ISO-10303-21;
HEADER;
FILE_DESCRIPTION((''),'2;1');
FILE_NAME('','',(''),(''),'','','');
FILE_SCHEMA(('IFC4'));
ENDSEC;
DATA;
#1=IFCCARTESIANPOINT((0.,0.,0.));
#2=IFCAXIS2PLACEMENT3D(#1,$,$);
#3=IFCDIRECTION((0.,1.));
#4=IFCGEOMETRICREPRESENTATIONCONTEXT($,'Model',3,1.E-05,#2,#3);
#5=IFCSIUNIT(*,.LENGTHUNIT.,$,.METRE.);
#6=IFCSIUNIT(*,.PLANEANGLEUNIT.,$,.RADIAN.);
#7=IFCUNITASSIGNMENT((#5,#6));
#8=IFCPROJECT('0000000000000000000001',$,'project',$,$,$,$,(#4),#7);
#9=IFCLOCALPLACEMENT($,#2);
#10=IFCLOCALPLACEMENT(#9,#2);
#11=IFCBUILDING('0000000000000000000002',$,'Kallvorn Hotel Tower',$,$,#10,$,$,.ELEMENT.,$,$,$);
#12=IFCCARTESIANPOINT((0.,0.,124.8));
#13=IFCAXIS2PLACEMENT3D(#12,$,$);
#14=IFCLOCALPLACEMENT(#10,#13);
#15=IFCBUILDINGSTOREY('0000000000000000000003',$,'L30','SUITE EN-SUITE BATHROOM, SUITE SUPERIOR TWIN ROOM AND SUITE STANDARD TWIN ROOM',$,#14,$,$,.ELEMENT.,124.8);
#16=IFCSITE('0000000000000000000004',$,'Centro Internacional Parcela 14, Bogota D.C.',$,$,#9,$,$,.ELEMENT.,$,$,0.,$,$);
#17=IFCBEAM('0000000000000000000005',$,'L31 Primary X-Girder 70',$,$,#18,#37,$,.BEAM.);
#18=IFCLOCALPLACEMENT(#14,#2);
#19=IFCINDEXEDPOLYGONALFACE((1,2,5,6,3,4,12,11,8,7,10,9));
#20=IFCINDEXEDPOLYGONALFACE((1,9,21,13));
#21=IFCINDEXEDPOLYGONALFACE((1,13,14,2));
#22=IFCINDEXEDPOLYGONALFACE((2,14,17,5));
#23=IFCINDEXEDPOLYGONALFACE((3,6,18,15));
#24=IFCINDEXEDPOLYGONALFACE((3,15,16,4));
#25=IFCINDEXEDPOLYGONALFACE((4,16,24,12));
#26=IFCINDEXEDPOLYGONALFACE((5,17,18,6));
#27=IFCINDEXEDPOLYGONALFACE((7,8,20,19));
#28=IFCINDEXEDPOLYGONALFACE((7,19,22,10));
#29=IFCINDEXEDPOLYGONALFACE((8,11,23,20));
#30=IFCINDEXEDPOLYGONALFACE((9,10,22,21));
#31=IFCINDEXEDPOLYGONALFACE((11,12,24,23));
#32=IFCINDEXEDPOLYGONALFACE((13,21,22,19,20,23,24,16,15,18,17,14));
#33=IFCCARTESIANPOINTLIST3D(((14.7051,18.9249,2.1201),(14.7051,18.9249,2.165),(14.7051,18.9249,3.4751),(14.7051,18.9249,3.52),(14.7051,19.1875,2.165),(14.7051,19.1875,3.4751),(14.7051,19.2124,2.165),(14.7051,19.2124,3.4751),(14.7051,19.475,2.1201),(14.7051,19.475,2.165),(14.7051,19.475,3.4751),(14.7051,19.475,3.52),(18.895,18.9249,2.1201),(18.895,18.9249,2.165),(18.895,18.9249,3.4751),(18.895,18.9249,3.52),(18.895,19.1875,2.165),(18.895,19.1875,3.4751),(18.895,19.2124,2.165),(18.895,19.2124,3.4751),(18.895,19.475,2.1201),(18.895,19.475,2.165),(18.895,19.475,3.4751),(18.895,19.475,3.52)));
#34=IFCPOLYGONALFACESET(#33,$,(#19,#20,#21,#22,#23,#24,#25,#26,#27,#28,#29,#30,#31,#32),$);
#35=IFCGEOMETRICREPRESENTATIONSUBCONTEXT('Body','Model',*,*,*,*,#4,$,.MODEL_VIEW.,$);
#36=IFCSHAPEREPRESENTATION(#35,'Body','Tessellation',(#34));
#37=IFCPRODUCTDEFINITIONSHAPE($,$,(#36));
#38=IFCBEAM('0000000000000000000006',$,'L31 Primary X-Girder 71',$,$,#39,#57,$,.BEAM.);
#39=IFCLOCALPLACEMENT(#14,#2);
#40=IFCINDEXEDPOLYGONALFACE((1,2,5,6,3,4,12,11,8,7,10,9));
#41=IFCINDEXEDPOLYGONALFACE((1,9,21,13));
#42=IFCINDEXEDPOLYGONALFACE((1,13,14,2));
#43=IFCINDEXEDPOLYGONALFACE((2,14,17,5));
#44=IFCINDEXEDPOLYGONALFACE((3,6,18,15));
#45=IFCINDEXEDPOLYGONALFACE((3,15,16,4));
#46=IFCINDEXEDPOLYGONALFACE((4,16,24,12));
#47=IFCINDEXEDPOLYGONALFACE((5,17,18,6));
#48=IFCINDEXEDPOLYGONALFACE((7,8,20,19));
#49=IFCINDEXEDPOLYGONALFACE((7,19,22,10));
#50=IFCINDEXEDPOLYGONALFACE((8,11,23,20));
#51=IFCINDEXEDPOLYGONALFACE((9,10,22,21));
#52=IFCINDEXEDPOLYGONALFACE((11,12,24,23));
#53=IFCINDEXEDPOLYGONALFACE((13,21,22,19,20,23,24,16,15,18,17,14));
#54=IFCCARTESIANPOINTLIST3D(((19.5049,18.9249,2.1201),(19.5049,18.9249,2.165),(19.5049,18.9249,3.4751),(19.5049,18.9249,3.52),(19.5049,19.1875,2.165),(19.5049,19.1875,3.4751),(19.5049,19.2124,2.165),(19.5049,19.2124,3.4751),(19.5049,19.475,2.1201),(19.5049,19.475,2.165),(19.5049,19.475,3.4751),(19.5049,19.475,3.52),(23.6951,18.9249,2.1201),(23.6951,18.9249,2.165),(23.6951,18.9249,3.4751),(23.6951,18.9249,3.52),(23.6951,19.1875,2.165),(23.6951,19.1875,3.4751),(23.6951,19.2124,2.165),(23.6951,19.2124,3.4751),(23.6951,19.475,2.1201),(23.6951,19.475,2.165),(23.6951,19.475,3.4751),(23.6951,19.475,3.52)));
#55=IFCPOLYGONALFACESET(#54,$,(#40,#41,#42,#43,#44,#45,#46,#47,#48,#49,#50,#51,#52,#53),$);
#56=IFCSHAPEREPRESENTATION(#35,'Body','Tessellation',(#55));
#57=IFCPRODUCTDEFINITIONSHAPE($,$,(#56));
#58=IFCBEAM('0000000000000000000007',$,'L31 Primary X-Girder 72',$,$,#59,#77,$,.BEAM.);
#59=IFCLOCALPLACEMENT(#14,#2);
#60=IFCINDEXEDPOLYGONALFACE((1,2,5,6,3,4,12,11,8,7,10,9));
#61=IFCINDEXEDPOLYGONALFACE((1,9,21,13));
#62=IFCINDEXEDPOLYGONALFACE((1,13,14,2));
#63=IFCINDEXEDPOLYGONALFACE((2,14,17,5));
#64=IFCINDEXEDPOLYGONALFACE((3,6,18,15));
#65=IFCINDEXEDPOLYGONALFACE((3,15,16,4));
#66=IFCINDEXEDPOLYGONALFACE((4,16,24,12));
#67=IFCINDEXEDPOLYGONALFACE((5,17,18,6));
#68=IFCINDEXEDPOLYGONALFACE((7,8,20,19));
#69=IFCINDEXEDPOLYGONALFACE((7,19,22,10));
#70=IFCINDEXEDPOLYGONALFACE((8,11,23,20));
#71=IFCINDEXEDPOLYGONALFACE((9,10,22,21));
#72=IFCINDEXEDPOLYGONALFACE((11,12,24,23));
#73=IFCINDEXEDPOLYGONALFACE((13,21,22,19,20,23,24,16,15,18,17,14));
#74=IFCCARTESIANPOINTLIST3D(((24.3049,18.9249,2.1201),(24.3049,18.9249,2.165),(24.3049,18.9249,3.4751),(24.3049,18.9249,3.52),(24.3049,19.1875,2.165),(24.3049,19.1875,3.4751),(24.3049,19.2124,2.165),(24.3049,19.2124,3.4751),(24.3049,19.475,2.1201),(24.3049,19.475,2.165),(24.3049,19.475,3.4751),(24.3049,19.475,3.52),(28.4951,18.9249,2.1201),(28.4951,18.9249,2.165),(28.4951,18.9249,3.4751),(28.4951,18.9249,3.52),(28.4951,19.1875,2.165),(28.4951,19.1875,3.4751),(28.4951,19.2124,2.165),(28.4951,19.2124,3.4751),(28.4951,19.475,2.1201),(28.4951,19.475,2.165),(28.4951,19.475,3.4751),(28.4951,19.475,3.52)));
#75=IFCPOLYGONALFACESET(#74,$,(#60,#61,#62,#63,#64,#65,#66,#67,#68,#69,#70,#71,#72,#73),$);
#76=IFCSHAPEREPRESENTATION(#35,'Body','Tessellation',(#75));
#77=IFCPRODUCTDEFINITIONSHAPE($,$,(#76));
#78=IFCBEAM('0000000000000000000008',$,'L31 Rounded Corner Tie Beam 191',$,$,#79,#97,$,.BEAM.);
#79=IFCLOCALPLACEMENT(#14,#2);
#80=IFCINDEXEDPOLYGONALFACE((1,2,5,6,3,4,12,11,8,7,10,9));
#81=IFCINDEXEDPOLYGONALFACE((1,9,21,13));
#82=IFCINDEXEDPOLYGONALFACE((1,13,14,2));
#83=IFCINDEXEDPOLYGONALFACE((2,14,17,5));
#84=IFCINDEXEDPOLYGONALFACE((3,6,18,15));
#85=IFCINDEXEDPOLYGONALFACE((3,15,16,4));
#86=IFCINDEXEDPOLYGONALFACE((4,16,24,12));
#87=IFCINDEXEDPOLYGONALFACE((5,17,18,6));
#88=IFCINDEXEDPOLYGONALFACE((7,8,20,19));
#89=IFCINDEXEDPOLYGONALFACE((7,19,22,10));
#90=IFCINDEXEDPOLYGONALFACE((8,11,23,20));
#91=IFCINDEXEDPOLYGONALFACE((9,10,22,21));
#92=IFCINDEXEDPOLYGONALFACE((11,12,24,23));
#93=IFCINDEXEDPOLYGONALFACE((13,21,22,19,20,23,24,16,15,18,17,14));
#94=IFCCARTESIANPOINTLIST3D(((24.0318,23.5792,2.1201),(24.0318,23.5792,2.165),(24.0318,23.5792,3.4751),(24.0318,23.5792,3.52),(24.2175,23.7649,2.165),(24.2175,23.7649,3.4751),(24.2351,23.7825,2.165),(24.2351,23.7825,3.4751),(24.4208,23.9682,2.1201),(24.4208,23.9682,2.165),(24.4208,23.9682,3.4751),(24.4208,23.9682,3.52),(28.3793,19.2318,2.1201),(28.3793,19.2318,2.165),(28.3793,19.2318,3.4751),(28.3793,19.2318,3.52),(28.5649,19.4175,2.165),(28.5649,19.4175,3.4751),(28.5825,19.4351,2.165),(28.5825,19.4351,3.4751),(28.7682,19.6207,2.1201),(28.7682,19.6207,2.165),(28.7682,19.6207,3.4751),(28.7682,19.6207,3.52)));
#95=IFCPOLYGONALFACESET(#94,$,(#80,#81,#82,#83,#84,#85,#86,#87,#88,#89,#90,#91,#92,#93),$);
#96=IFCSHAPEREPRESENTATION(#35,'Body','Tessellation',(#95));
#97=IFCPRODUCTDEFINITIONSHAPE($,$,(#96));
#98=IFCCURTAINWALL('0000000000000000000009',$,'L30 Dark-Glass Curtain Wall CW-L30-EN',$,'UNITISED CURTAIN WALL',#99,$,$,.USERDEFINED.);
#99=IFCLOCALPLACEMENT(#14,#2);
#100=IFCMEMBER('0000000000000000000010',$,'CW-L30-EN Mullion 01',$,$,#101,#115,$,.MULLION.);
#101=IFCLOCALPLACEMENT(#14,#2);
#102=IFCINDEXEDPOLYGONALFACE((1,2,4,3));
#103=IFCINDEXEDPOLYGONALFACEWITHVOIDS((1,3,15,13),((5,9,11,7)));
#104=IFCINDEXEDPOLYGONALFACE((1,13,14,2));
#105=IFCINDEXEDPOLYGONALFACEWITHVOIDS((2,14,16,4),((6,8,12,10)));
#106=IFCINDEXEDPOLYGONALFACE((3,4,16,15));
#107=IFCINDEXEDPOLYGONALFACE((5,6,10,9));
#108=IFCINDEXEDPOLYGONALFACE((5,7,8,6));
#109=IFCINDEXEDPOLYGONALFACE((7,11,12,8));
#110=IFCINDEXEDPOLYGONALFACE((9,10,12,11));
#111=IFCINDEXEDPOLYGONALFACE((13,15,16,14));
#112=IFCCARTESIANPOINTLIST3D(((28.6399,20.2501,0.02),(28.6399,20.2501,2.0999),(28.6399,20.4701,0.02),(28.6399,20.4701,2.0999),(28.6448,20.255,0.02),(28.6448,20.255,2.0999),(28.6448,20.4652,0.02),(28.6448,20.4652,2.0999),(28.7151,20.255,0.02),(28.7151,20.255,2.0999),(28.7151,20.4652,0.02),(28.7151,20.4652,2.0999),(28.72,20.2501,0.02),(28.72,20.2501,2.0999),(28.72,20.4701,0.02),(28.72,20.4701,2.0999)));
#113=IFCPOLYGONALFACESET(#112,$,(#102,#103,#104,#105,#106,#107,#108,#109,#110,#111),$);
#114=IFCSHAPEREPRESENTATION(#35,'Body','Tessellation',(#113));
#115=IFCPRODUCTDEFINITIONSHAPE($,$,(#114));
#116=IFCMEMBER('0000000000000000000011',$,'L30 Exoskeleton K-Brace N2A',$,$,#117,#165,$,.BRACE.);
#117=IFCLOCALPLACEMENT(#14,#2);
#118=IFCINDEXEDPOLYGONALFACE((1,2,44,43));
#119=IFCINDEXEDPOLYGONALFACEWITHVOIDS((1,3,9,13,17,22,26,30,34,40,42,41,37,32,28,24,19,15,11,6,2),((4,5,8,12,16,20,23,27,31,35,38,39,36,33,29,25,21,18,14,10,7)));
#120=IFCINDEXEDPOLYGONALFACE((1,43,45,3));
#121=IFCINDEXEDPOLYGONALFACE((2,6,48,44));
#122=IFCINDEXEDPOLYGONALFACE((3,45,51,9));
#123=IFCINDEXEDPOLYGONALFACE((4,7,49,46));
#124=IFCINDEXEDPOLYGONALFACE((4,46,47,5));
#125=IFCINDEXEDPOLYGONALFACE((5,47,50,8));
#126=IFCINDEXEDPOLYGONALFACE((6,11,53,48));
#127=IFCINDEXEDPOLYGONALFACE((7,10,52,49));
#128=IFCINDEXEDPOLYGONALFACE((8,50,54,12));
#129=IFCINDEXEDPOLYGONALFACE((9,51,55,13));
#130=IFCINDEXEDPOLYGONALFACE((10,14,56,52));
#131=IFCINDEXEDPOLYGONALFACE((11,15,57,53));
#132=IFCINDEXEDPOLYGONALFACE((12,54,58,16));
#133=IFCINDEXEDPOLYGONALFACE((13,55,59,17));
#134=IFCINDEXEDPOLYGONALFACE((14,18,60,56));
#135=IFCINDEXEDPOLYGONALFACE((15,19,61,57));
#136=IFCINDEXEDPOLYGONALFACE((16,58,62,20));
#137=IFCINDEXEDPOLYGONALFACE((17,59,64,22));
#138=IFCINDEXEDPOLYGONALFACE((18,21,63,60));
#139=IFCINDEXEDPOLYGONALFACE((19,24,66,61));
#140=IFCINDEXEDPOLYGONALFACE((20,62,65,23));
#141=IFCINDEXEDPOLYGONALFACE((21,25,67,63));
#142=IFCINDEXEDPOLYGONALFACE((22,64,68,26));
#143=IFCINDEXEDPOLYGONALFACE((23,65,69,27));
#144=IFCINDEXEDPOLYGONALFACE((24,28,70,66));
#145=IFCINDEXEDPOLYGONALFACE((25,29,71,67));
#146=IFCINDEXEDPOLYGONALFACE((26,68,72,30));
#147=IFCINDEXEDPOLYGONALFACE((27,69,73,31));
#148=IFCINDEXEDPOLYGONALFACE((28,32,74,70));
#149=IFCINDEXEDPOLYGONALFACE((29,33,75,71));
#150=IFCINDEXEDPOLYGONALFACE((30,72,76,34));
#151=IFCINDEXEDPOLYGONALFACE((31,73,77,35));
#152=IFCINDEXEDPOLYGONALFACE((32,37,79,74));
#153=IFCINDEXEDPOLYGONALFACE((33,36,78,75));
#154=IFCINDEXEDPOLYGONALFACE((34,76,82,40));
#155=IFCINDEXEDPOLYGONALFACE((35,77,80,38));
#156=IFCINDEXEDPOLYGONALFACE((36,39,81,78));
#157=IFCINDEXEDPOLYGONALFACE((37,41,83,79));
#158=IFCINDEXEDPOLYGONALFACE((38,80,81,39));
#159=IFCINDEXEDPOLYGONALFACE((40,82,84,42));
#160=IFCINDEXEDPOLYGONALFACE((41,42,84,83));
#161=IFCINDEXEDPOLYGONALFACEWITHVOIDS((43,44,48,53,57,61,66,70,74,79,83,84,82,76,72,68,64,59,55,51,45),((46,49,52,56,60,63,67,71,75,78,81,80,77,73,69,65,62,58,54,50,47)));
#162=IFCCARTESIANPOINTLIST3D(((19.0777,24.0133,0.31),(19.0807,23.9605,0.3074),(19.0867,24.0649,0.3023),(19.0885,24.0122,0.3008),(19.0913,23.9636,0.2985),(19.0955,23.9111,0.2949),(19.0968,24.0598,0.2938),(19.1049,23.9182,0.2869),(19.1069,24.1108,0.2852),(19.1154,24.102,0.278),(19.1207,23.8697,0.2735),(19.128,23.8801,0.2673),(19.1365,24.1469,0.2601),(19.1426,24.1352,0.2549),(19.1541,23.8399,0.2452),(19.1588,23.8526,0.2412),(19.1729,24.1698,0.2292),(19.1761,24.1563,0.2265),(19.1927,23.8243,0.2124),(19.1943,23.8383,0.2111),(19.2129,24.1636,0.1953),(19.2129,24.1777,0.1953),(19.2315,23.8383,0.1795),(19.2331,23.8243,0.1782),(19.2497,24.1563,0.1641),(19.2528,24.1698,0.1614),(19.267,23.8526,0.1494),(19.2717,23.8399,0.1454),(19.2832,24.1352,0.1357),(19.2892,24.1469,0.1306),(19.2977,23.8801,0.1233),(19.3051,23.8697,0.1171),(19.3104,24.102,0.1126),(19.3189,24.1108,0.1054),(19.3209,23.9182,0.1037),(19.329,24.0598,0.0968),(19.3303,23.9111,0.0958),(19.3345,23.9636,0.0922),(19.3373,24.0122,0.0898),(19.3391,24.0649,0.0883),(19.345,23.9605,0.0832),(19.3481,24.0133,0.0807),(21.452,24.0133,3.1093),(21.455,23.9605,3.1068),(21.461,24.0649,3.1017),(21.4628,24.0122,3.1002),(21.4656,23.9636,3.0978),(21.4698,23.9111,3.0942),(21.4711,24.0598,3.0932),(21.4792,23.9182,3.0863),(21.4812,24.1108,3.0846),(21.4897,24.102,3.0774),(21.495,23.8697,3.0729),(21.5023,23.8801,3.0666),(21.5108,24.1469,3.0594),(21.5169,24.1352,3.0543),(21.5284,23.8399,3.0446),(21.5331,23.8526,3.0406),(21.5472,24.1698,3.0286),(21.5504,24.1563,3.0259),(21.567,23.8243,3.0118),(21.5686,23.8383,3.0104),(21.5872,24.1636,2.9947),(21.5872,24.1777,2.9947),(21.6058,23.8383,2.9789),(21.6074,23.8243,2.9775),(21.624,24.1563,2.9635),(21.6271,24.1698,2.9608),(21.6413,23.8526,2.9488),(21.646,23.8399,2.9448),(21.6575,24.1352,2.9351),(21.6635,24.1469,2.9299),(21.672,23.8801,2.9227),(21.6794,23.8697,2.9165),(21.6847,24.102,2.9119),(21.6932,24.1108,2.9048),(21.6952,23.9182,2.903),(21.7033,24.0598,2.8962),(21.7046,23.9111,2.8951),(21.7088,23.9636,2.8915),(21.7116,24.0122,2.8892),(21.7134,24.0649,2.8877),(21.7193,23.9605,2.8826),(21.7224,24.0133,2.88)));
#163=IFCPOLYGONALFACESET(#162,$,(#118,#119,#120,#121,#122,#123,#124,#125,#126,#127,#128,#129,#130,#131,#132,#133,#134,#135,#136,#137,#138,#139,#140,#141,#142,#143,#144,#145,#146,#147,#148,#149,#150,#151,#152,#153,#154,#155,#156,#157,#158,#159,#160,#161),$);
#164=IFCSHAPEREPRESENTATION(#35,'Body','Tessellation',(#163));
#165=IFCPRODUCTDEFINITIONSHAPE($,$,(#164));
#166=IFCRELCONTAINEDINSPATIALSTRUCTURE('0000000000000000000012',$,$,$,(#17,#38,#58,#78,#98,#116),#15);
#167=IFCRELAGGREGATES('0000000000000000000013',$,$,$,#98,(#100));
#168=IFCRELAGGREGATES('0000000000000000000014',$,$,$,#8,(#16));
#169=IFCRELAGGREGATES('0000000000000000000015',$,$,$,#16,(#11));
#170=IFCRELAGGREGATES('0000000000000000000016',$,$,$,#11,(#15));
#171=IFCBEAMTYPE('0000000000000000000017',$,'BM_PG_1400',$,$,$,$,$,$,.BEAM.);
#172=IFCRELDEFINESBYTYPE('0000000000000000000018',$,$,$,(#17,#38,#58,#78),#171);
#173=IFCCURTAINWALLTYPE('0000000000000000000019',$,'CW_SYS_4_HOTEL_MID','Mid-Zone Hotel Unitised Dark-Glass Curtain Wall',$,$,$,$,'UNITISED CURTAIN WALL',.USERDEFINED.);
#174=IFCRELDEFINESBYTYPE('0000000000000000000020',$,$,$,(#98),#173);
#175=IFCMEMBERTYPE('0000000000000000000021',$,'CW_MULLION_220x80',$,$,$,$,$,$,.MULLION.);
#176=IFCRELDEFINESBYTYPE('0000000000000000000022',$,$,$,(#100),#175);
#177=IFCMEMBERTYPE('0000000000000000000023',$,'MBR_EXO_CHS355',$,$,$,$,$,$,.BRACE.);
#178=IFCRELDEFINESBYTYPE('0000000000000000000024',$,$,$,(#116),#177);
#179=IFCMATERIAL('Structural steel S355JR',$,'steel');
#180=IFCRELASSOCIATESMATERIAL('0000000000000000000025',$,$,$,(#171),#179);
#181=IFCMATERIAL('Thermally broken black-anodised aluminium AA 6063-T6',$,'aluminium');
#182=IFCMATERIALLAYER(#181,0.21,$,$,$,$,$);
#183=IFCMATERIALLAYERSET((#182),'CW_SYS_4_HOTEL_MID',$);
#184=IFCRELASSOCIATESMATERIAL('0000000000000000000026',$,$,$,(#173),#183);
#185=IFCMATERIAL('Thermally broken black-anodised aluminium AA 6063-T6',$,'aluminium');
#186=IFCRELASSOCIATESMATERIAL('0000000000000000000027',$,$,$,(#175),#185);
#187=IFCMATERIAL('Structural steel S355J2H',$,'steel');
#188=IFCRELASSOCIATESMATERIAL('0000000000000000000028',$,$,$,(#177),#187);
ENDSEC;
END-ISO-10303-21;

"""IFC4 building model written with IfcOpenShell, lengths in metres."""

from ifc_helpers import new_model, si_unit, direction, frame, origin, origin_2d, place, context, subcontext, project, spatial, hollow_rectangle, hollow_circle, i_section, extrude, material, layer, layer_set, material_profile, profile_set, type_object, element, aggregate, save


model = new_model("IFC4")

# Units and contexts
model_context = context("Model", 3, precision=1e-05, world=origin(), true_north=direction((0.0, 1.0)))
body_context = subcontext(model_context, "Body", "Model", "MODEL_VIEW")
ifc_project = project(units=[si_unit("LENGTHUNIT", "METRE"), si_unit("PLANEANGLEUNIT", "RADIAN")], contexts=[model_context])

# Site, building, storey
site_placement = place(None, origin())
site = spatial("IfcSite", under=ifc_project, at=site_placement, Name="Centro Internacional Parcela 14, Bogota D.C.", CompositionType="ELEMENT", RefElevation=0.0)
building_placement = place(site_placement, origin())
building = spatial("IfcBuilding", under=site, at=building_placement, Name="Kallvorn Hotel Tower", CompositionType="ELEMENT")
storey_placement = place(building_placement, frame((0.0, 0.0, 124.8)))
storey = spatial("IfcBuildingStorey", under=building, at=storey_placement, Name="L30", Description="SUITE EN-SUITE BATHROOM, SUITE SUPERIOR TWIN ROOM AND SUITE STANDARD TWIN ROOM", CompositionType="ELEMENT", Elevation=124.8)

# Beams
ifc_material_1 = material(Name="Structural steel S355JR", Category="steel")
ifc_material_profile_1 = material_profile(ifc_material_1, i_section(OverallWidth=0.55, OverallDepth=1.3999, WebThickness=0.0249, FlangeThickness=0.0449, at=origin_2d()), Name="PG 1400x550x25x45")
ifc_profile_set_1 = profile_set([ifc_material_profile_1], Name="Structural steel S355JR")
beam_type_1 = type_object("IfcBeamType", Name="BM_PG_1400", PredefinedType="BEAM", material=ifc_profile_set_1)
beam_1_placement = place(storey_placement, frame((14.7051, 19.2, 2.8201), z_axis=(1.0, 0.0, 0.0), x_axis=(0.0, 1.0, 0.0)))
element("IfcBeam", 1, at=beam_1_placement, inside=storey, type_object=beam_type_1, Name="L31 Primary X-Girder 70", PredefinedType="BEAM", context=body_context, shape_type="SweptSolid", body=[
    extrude(i_section(OverallWidth=0.55, OverallDepth=1.3999, WebThickness=0.0249, FlangeThickness=0.0449, at=origin_2d()), origin(), (0.0, 0.0, 1.0), 4.1899),
])
for number, where, z_axis, x_axis, name in (
    (2, (19.5049, 19.2, 2.8201), (1.0, 0.0, 0.0), (0.0, 1.0, 0.0), "L31 Primary X-Girder 71"),
    (3, (24.3049, 19.2, 2.8201), (1.0, 0.0, 0.0), (0.0, 1.0, 0.0), "L31 Primary X-Girder 72"),
):
    element("IfcBeam", number, at=place(storey_placement, frame(where, z_axis=z_axis, x_axis=x_axis)), inside=storey, type_object=beam_type_1, Name=name, PredefinedType="BEAM", context=body_context, shape_type="SweptSolid", body=[
        extrude(i_section(OverallWidth=0.55, OverallDepth=1.3999, WebThickness=0.0249, FlangeThickness=0.0449, at=origin_2d()), origin(), (0.0, 0.0, 1.0), 4.1902),
    ])
beam_2_placement = place(storey_placement, frame((28.5737, 19.4263, 2.8201), z_axis=(-0.707107, 0.707107, 0.0), x_axis=(-0.707107, -0.707107, 0.0)))
element("IfcBeam", 4, at=beam_2_placement, inside=storey, type_object=beam_type_1, Name="L31 Rounded Corner Tie Beam 191", PredefinedType="BEAM", context=body_context, shape_type="SweptSolid", body=[
    extrude(i_section(OverallWidth=0.55, OverallDepth=1.3999, WebThickness=0.0249, FlangeThickness=0.0449, at=origin_2d()), origin(), (0.0, 0.0, 1.0), 6.1482),
])

# Curtain wall, member
ifc_material_2 = material(Name="Thermally broken black-anodised aluminium AA 6063-T6", Category="aluminium")
ifc_layer_1 = layer(ifc_material_2, 0.21)
ifc_layer_set_1 = layer_set([ifc_layer_1], Name="CW_SYS_4_HOTEL_MID")
curtain_wall_type = type_object("IfcCurtainWallType", Name="CW_SYS_4_HOTEL_MID", Description="Mid-Zone Hotel Unitised Dark-Glass Curtain Wall", ElementType="UNITISED CURTAIN WALL", PredefinedType="USERDEFINED", material=ifc_layer_set_1)
curtain_wall_placement = place(storey_placement, origin())
curtain_wall = element("IfcCurtainWall", 5, at=curtain_wall_placement, inside=storey, type_object=curtain_wall_type, Name="L30 Dark-Glass Curtain Wall CW-L30-EN", ObjectType="UNITISED CURTAIN WALL", PredefinedType="USERDEFINED")
ifc_material_3 = material(Name="Thermally broken black-anodised aluminium AA 6063-T6", Category="aluminium")
ifc_material_profile_2 = material_profile(ifc_material_3, hollow_rectangle(XDim=0.0801, YDim=0.22, WallThickness=0.0049, at=origin_2d()), Name="MUL 220x80")
ifc_profile_set_2 = profile_set([ifc_material_profile_2], Name="Thermally broken black-anodised aluminium AA 6063-T6")
member_type_1 = type_object("IfcMemberType", Name="CW_MULLION_220x80", PredefinedType="MULLION", material=ifc_profile_set_2)
member_placement = place(storey_placement, frame((28.6799, 20.3601, 0.02), z_axis=(0.0, 0.0, 1.0), x_axis=(1.0, 0.0, 0.0)))
member = element("IfcMember", 6, at=member_placement, type_object=member_type_1, Name="CW-L30-EN Mullion 01", PredefinedType="MULLION", context=body_context, shape_type="SweptSolid", body=[
    extrude(hollow_rectangle(XDim=0.0801, YDim=0.22, WallThickness=0.0049, at=origin_2d()), origin(), (0.0, 0.0, 1.0), 2.0798),
])
aggregate(curtain_wall, [member])

# Member
ifc_material_4 = material(Name="Structural steel S355J2H", Category="steel")
ifc_material_profile_3 = material_profile(ifc_material_4, hollow_circle(Radius=0.1777, WallThickness=0.0142, at=origin_2d()), Name="CHS 355.6x14.2")
ifc_profile_set_3 = profile_set([ifc_material_profile_3], Name="Structural steel S355J2H")
member_type_2 = type_object("IfcMemberType", Name="MBR_EXO_CHS355", PredefinedType="BRACE", material=ifc_profile_set_3)
for number, where, z_axis, x_axis, name in (
    (7, (19.2129, 24.0, 0.1953), (0.646833, 0.0, 0.762631), (0.0, 1.0, 0.0), "L30 Exoskeleton K-Brace N2A"),
):
    element("IfcMember", number, at=place(storey_placement, frame(where, z_axis=z_axis, x_axis=x_axis)), inside=storey, type_object=member_type_2, Name=name, PredefinedType="BRACE", context=body_context, shape_type="SweptSolid", body=[
        extrude(hollow_circle(Radius=0.1777, WallThickness=0.0142, at=origin_2d()), origin(), (0.0, 0.0, 1.0), 3.6707),
    ])

save(model, "model.ifc")
